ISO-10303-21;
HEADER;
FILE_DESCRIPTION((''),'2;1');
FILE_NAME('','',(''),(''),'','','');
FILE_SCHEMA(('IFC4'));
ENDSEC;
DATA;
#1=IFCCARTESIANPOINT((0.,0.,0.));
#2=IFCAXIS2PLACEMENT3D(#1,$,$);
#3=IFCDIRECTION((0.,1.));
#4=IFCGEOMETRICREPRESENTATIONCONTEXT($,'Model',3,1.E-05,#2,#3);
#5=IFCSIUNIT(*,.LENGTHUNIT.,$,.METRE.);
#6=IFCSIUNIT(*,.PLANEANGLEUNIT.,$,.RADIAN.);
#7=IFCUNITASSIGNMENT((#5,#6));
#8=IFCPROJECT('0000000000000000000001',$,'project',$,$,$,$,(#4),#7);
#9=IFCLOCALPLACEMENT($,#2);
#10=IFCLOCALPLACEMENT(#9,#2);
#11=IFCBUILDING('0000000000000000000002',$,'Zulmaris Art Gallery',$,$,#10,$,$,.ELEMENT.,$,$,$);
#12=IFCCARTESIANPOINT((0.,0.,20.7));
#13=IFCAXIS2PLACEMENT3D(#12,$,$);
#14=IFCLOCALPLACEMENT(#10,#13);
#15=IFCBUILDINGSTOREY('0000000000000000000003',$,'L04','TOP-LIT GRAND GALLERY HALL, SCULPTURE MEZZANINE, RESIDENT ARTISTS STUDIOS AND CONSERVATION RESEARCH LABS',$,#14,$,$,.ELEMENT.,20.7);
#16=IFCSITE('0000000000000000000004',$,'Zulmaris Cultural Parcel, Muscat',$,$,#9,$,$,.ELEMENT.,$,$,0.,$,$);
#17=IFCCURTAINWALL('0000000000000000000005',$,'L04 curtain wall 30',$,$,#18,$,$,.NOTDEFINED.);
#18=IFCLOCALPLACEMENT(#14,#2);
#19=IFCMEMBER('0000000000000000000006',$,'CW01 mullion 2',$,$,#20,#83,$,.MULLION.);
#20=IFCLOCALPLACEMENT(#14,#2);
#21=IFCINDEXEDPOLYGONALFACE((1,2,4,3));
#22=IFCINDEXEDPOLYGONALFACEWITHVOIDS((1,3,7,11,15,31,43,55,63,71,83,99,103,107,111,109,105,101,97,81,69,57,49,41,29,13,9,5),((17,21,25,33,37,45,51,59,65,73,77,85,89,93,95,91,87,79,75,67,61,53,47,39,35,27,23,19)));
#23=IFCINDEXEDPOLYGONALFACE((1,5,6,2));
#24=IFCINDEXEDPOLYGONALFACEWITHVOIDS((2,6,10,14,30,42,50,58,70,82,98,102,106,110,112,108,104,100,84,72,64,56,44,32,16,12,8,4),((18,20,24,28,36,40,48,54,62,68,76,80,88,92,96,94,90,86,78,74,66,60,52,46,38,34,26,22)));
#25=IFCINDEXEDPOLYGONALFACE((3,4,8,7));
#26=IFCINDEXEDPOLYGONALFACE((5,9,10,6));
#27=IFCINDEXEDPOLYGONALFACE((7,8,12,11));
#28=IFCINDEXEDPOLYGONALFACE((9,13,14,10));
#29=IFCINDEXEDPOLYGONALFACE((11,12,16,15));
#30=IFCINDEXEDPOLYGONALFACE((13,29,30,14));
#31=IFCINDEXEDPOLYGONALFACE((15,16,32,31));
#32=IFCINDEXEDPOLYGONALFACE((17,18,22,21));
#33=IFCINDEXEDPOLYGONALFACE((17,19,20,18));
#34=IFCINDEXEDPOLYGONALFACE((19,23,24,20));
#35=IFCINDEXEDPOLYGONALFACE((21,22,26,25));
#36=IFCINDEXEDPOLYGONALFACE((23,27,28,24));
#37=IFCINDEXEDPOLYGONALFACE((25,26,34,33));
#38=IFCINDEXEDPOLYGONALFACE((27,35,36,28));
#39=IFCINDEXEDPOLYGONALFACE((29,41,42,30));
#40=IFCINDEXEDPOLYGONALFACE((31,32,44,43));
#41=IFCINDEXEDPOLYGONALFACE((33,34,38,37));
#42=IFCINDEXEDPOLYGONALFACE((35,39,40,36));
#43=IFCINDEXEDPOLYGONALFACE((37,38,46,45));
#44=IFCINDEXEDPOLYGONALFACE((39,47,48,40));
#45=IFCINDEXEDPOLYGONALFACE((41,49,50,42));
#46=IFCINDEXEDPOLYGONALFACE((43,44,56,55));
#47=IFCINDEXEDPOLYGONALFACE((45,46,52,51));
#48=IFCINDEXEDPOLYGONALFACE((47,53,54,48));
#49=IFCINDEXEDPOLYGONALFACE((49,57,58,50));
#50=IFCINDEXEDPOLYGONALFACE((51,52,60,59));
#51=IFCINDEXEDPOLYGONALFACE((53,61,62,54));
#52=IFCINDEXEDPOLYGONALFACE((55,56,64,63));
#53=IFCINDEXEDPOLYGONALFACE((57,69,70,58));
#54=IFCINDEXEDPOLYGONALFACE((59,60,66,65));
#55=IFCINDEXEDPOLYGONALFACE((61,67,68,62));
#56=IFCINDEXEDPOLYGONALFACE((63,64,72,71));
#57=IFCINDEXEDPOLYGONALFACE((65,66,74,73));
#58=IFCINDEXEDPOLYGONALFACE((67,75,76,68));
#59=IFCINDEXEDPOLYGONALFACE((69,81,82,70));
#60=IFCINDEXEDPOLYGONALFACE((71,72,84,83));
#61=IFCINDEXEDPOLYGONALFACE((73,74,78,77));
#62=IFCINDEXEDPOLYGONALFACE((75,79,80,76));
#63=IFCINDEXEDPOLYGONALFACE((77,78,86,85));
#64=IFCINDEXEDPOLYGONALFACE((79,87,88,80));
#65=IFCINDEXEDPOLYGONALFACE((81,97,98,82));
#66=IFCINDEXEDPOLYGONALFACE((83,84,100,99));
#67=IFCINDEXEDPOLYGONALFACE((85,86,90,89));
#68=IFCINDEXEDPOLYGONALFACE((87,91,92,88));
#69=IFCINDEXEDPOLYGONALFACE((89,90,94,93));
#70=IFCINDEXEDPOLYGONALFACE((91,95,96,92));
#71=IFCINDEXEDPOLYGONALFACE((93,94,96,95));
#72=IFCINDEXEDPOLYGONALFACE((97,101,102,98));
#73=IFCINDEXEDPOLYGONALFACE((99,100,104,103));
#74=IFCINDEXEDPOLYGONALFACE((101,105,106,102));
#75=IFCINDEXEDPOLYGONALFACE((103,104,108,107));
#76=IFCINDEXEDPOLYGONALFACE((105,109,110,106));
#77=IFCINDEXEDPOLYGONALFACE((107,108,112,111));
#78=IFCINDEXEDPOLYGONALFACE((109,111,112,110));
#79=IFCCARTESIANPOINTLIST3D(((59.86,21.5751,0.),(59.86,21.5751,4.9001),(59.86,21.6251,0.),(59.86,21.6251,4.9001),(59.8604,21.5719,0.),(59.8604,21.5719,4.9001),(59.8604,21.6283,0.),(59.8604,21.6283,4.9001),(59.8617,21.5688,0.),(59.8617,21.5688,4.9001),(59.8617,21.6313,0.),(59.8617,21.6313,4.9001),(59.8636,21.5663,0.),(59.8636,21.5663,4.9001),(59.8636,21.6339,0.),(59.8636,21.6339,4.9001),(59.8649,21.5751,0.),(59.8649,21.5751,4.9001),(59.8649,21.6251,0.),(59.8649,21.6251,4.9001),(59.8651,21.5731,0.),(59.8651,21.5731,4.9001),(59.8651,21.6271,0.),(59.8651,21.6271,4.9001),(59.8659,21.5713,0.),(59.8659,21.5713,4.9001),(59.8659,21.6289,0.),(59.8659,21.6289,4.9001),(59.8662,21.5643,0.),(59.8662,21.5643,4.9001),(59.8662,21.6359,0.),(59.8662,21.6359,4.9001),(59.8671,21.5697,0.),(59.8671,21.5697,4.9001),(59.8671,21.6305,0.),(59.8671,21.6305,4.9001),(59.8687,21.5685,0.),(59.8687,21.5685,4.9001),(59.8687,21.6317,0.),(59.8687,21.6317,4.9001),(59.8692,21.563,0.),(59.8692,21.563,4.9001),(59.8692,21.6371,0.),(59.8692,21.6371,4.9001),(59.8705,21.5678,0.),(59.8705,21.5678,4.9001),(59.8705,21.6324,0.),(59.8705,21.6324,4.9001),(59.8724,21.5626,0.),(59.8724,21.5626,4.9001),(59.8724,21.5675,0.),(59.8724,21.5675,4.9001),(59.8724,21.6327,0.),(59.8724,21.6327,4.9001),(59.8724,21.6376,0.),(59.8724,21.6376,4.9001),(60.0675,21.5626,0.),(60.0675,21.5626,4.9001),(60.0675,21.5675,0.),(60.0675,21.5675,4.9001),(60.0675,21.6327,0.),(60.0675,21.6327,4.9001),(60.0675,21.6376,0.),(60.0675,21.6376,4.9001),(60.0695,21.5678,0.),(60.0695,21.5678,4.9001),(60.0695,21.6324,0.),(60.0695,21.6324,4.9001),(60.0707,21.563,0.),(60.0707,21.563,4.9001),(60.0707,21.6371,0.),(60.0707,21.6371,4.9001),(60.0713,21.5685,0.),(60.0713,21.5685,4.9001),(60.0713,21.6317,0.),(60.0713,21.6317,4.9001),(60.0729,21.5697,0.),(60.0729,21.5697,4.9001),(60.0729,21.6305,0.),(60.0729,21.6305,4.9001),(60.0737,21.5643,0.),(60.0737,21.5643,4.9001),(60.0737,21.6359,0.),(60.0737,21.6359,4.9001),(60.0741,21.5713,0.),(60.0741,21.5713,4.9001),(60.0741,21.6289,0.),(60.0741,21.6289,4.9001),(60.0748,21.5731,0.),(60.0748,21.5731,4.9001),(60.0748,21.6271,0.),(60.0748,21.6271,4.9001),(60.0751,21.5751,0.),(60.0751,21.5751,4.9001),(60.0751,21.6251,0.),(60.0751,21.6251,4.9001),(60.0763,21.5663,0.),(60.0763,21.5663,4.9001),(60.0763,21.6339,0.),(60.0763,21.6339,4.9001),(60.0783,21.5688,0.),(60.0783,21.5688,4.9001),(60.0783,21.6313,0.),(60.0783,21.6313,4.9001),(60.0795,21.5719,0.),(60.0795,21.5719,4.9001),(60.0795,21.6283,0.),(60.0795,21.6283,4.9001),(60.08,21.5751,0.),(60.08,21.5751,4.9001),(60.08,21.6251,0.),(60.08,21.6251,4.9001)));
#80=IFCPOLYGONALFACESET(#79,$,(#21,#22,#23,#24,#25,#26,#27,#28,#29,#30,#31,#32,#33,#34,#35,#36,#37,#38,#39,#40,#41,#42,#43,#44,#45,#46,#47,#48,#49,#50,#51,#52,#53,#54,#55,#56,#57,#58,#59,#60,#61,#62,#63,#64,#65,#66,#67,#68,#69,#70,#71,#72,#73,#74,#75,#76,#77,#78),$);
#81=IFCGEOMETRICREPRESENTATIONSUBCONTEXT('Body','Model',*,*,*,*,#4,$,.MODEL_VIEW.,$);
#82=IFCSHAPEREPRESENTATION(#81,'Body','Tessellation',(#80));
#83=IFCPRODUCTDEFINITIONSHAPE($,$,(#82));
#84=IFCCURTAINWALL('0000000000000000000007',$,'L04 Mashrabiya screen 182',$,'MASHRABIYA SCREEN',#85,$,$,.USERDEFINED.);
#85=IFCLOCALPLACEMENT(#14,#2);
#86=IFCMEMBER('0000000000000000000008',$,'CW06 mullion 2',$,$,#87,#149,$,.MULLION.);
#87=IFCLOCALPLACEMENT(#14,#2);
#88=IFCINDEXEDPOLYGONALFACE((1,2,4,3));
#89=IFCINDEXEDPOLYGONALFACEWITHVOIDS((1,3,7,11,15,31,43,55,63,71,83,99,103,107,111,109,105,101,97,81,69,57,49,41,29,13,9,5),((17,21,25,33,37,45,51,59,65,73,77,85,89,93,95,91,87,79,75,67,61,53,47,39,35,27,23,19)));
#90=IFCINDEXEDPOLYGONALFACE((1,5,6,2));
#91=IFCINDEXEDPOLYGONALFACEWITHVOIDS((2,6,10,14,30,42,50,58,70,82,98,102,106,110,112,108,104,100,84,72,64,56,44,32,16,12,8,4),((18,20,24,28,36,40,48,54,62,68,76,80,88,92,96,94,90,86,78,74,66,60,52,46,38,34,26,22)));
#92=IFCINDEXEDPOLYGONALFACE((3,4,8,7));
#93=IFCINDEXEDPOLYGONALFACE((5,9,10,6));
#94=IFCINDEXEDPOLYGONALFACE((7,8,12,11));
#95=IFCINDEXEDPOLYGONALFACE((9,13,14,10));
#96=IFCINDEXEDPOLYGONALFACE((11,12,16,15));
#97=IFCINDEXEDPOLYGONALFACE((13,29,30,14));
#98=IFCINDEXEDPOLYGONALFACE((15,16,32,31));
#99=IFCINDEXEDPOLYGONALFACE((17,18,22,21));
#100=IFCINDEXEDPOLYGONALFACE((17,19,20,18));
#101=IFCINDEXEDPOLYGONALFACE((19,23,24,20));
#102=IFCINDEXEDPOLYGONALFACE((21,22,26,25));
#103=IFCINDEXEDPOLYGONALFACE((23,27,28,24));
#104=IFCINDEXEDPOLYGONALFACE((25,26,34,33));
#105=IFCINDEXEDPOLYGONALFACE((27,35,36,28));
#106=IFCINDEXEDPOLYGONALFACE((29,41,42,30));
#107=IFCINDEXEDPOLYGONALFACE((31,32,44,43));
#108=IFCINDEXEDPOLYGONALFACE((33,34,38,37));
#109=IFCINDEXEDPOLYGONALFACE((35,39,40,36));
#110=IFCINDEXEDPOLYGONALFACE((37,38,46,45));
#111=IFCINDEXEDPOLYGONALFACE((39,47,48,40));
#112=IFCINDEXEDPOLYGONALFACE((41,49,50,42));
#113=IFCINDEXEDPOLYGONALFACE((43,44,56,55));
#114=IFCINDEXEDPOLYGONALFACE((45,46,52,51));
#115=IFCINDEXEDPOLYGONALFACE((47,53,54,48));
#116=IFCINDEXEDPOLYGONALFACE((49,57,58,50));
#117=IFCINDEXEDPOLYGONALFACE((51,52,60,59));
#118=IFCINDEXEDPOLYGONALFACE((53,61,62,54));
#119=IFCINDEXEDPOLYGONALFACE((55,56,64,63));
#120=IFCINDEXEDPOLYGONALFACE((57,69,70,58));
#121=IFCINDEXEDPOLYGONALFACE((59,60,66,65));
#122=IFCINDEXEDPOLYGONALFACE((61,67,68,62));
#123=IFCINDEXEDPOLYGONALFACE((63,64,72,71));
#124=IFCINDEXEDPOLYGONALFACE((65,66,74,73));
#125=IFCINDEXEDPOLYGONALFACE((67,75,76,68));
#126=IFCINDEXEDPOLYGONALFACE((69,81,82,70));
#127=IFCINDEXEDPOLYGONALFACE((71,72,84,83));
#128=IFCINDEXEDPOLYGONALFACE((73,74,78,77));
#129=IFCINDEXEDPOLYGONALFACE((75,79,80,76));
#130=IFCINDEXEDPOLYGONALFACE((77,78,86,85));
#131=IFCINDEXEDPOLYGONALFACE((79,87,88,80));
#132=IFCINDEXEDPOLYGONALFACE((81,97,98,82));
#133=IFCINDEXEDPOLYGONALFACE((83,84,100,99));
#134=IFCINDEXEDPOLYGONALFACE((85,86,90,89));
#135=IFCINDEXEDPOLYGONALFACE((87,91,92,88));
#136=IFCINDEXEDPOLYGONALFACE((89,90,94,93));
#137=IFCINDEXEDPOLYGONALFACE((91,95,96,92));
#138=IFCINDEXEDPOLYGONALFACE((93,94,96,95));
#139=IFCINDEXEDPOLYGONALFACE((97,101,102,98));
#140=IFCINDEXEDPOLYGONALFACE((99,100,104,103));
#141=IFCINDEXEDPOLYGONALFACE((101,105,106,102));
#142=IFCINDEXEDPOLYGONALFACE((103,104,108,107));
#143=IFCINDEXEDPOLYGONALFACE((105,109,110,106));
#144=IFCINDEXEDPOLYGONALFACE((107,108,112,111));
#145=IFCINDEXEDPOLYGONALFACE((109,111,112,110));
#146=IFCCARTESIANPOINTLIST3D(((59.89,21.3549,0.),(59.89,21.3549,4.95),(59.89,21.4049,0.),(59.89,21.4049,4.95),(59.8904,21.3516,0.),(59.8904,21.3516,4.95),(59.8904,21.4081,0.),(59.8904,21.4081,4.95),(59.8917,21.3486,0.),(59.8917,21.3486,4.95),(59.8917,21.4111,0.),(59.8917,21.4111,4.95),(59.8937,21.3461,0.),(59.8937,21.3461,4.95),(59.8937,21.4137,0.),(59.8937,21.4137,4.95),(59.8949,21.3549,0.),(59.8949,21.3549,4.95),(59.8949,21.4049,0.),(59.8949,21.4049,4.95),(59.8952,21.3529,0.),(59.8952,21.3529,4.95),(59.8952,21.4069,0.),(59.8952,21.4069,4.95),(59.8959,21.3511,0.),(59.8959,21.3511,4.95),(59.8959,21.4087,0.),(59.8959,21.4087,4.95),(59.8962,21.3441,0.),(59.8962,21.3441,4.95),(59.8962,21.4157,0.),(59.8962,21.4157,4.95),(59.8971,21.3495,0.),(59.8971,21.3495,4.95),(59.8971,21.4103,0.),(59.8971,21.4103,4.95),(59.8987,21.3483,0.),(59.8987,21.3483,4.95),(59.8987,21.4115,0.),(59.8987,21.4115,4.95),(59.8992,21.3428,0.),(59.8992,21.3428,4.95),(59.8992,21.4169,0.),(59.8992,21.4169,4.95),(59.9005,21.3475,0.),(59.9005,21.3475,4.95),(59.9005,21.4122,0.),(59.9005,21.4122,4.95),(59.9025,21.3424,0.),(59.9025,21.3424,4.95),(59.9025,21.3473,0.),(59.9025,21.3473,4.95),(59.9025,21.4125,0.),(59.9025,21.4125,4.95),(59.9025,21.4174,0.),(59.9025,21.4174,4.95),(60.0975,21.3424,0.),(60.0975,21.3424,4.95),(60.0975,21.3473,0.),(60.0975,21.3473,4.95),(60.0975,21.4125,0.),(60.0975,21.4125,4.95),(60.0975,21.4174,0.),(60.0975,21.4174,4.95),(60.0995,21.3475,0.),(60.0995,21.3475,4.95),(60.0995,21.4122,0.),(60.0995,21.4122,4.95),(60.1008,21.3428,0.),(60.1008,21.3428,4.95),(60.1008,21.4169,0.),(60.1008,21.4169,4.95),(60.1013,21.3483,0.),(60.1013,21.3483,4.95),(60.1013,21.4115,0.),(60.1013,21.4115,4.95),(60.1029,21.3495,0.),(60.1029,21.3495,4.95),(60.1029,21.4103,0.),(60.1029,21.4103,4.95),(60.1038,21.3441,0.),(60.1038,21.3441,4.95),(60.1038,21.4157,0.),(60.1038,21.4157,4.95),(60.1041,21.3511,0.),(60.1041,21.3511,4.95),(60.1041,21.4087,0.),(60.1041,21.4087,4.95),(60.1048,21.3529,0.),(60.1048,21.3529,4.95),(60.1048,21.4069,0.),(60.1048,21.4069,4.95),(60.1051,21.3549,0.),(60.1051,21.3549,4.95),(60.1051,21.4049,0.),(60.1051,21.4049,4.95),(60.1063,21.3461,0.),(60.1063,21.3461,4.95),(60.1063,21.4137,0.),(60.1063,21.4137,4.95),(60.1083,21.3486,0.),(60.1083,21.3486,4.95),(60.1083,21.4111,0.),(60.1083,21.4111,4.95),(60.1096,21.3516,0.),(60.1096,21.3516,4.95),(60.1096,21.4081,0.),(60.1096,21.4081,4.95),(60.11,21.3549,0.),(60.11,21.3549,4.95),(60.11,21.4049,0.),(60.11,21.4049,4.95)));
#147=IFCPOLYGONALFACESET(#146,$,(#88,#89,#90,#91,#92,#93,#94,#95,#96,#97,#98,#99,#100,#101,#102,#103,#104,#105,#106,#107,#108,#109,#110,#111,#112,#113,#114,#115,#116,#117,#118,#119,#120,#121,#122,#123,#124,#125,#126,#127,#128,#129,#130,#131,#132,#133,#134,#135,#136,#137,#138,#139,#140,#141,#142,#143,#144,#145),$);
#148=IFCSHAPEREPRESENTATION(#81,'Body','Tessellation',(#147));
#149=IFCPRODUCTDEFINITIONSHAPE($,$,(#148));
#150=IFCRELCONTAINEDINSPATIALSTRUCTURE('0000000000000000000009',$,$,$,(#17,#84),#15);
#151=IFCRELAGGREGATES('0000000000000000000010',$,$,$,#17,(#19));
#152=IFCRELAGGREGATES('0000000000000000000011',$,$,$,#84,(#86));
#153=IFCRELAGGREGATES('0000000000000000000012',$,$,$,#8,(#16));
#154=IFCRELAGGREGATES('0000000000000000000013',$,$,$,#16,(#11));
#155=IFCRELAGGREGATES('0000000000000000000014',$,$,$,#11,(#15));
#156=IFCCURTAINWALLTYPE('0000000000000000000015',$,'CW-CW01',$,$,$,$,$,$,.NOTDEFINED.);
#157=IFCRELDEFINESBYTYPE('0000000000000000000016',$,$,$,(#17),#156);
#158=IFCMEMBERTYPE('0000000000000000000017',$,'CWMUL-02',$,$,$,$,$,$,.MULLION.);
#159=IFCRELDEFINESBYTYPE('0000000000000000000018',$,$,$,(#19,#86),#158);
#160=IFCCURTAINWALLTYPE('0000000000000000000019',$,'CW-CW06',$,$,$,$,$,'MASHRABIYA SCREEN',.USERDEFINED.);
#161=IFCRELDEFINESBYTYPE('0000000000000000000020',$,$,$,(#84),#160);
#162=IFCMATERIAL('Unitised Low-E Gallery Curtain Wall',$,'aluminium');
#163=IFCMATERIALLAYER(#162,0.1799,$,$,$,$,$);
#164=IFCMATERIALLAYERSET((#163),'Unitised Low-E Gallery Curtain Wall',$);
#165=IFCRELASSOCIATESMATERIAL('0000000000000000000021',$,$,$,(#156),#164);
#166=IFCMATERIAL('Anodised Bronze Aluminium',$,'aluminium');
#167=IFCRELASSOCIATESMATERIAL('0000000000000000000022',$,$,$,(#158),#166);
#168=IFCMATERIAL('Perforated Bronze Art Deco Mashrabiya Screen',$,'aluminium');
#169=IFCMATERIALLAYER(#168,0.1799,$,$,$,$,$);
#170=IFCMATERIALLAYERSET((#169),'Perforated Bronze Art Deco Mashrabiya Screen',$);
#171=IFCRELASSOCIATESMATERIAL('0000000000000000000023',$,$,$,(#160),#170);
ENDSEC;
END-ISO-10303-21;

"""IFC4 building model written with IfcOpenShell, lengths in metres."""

from ifc_helpers import new_model, si_unit, direction, frame, origin, origin_2d, place, context, subcontext, project, spatial, hollow_rectangle, extrude, material, layer, layer_set, material_profile, profile_set, type_object, element, aggregate, save


model = new_model("IFC4")

# Units and contexts
model_context = context("Model", 3, precision=1e-05, world=origin(), true_north=direction((0.0, 1.0)))
body_context = subcontext(model_context, "Body", "Model", "MODEL_VIEW")
ifc_project = project(units=[si_unit("LENGTHUNIT", "METRE"), si_unit("PLANEANGLEUNIT", "RADIAN")], contexts=[model_context])

# Site, building, storey
site_placement = place(None, origin())
site = spatial("IfcSite", under=ifc_project, at=site_placement, Name="Zulmaris Cultural Parcel, Muscat", CompositionType="ELEMENT", RefElevation=0.0)
building_placement = place(site_placement, origin())
building = spatial("IfcBuilding", under=site, at=building_placement, Name="Zulmaris Art Gallery", CompositionType="ELEMENT")
storey_placement = place(building_placement, frame((0.0, 0.0, 20.7)))
storey = spatial("IfcBuildingStorey", under=building, at=storey_placement, Name="L04", Description="TOP-LIT GRAND GALLERY HALL, SCULPTURE MEZZANINE, RESIDENT ARTISTS STUDIOS AND CONSERVATION RESEARCH LABS", CompositionType="ELEMENT", Elevation=20.7)

# Curtain wall, member
ifc_material_1 = material(Name="Unitised Low-E Gallery Curtain Wall", Category="aluminium")
ifc_layer_1 = layer(ifc_material_1, 0.1799)
ifc_layer_set_1 = layer_set([ifc_layer_1], Name="Unitised Low-E Gallery Curtain Wall")
curtain_wall_type_1 = type_object("IfcCurtainWallType", Name="CW-CW01", PredefinedType="NOTDEFINED", material=ifc_layer_set_1)
curtain_wall_1_placement = place(storey_placement, origin())
curtain_wall_1 = element("IfcCurtainWall", 1, at=curtain_wall_1_placement, inside=storey, type_object=curtain_wall_type_1, Name="L04 curtain wall 30", PredefinedType="NOTDEFINED")
ifc_material_2 = material(Name="Anodised Bronze Aluminium", Category="aluminium")
ifc_material_profile_1 = material_profile(ifc_material_2, hollow_rectangle(XDim=0.075, YDim=0.22, WallThickness=0.0049, InnerFilletRadius=0.0076, OuterFilletRadius=0.0125, at=origin_2d()), Name="ALU 75x220x5")
ifc_profile_set_1 = profile_set([ifc_material_profile_1], Name="Anodised Bronze Aluminium")
member_type_1 = type_object("IfcMemberType", Name="CWMUL-02", PredefinedType="MULLION", material=ifc_profile_set_1)
member_1_placement = place(storey_placement, frame((59.97, 21.6001, 0.0), z_axis=(0.0, 0.0, 1.0), x_axis=(0.0, 1.0, 0.0)))
member_1 = element("IfcMember", 2, at=member_1_placement, type_object=member_type_1, Name="CW01 mullion 2", PredefinedType="MULLION", context=body_context, shape_type="SweptSolid", body=[
    extrude(hollow_rectangle(XDim=0.075, YDim=0.22, WallThickness=0.0049, InnerFilletRadius=0.0076, OuterFilletRadius=0.0125, at=origin_2d()), origin(), (0.0, 0.0, 1.0), 4.9001),
])

# Curtain wall, member
ifc_material_3 = material(Name="Perforated Bronze Art Deco Mashrabiya Screen", Category="aluminium")
ifc_layer_2 = layer(ifc_material_3, 0.1799)
ifc_layer_set_2 = layer_set([ifc_layer_2], Name="Perforated Bronze Art Deco Mashrabiya Screen")
curtain_wall_type_2 = type_object("IfcCurtainWallType", Name="CW-CW06", ElementType="MASHRABIYA SCREEN", PredefinedType="USERDEFINED", material=ifc_layer_set_2)
curtain_wall_2_placement = place(storey_placement, origin())
curtain_wall_2 = element("IfcCurtainWall", 3, at=curtain_wall_2_placement, inside=storey, type_object=curtain_wall_type_2, Name="L04 Mashrabiya screen 182", ObjectType="MASHRABIYA SCREEN", PredefinedType="USERDEFINED")
member_2_placement = place(storey_placement, frame((60.0, 21.3799, 0.0), z_axis=(0.0, 0.0, 1.0), x_axis=(0.0, 1.0, 0.0)))
member_2 = element("IfcMember", 4, at=member_2_placement, type_object=member_type_1, Name="CW06 mullion 2", PredefinedType="MULLION", context=body_context, shape_type="SweptSolid", body=[
    extrude(hollow_rectangle(XDim=0.075, YDim=0.22, WallThickness=0.0049, InnerFilletRadius=0.0076, OuterFilletRadius=0.0125, at=origin_2d()), origin(), (0.0, 0.0, 1.0), 4.95),
])

aggregate(curtain_wall_1, [member_1])
aggregate(curtain_wall_2, [member_2])

save(model, "model.ifc")
